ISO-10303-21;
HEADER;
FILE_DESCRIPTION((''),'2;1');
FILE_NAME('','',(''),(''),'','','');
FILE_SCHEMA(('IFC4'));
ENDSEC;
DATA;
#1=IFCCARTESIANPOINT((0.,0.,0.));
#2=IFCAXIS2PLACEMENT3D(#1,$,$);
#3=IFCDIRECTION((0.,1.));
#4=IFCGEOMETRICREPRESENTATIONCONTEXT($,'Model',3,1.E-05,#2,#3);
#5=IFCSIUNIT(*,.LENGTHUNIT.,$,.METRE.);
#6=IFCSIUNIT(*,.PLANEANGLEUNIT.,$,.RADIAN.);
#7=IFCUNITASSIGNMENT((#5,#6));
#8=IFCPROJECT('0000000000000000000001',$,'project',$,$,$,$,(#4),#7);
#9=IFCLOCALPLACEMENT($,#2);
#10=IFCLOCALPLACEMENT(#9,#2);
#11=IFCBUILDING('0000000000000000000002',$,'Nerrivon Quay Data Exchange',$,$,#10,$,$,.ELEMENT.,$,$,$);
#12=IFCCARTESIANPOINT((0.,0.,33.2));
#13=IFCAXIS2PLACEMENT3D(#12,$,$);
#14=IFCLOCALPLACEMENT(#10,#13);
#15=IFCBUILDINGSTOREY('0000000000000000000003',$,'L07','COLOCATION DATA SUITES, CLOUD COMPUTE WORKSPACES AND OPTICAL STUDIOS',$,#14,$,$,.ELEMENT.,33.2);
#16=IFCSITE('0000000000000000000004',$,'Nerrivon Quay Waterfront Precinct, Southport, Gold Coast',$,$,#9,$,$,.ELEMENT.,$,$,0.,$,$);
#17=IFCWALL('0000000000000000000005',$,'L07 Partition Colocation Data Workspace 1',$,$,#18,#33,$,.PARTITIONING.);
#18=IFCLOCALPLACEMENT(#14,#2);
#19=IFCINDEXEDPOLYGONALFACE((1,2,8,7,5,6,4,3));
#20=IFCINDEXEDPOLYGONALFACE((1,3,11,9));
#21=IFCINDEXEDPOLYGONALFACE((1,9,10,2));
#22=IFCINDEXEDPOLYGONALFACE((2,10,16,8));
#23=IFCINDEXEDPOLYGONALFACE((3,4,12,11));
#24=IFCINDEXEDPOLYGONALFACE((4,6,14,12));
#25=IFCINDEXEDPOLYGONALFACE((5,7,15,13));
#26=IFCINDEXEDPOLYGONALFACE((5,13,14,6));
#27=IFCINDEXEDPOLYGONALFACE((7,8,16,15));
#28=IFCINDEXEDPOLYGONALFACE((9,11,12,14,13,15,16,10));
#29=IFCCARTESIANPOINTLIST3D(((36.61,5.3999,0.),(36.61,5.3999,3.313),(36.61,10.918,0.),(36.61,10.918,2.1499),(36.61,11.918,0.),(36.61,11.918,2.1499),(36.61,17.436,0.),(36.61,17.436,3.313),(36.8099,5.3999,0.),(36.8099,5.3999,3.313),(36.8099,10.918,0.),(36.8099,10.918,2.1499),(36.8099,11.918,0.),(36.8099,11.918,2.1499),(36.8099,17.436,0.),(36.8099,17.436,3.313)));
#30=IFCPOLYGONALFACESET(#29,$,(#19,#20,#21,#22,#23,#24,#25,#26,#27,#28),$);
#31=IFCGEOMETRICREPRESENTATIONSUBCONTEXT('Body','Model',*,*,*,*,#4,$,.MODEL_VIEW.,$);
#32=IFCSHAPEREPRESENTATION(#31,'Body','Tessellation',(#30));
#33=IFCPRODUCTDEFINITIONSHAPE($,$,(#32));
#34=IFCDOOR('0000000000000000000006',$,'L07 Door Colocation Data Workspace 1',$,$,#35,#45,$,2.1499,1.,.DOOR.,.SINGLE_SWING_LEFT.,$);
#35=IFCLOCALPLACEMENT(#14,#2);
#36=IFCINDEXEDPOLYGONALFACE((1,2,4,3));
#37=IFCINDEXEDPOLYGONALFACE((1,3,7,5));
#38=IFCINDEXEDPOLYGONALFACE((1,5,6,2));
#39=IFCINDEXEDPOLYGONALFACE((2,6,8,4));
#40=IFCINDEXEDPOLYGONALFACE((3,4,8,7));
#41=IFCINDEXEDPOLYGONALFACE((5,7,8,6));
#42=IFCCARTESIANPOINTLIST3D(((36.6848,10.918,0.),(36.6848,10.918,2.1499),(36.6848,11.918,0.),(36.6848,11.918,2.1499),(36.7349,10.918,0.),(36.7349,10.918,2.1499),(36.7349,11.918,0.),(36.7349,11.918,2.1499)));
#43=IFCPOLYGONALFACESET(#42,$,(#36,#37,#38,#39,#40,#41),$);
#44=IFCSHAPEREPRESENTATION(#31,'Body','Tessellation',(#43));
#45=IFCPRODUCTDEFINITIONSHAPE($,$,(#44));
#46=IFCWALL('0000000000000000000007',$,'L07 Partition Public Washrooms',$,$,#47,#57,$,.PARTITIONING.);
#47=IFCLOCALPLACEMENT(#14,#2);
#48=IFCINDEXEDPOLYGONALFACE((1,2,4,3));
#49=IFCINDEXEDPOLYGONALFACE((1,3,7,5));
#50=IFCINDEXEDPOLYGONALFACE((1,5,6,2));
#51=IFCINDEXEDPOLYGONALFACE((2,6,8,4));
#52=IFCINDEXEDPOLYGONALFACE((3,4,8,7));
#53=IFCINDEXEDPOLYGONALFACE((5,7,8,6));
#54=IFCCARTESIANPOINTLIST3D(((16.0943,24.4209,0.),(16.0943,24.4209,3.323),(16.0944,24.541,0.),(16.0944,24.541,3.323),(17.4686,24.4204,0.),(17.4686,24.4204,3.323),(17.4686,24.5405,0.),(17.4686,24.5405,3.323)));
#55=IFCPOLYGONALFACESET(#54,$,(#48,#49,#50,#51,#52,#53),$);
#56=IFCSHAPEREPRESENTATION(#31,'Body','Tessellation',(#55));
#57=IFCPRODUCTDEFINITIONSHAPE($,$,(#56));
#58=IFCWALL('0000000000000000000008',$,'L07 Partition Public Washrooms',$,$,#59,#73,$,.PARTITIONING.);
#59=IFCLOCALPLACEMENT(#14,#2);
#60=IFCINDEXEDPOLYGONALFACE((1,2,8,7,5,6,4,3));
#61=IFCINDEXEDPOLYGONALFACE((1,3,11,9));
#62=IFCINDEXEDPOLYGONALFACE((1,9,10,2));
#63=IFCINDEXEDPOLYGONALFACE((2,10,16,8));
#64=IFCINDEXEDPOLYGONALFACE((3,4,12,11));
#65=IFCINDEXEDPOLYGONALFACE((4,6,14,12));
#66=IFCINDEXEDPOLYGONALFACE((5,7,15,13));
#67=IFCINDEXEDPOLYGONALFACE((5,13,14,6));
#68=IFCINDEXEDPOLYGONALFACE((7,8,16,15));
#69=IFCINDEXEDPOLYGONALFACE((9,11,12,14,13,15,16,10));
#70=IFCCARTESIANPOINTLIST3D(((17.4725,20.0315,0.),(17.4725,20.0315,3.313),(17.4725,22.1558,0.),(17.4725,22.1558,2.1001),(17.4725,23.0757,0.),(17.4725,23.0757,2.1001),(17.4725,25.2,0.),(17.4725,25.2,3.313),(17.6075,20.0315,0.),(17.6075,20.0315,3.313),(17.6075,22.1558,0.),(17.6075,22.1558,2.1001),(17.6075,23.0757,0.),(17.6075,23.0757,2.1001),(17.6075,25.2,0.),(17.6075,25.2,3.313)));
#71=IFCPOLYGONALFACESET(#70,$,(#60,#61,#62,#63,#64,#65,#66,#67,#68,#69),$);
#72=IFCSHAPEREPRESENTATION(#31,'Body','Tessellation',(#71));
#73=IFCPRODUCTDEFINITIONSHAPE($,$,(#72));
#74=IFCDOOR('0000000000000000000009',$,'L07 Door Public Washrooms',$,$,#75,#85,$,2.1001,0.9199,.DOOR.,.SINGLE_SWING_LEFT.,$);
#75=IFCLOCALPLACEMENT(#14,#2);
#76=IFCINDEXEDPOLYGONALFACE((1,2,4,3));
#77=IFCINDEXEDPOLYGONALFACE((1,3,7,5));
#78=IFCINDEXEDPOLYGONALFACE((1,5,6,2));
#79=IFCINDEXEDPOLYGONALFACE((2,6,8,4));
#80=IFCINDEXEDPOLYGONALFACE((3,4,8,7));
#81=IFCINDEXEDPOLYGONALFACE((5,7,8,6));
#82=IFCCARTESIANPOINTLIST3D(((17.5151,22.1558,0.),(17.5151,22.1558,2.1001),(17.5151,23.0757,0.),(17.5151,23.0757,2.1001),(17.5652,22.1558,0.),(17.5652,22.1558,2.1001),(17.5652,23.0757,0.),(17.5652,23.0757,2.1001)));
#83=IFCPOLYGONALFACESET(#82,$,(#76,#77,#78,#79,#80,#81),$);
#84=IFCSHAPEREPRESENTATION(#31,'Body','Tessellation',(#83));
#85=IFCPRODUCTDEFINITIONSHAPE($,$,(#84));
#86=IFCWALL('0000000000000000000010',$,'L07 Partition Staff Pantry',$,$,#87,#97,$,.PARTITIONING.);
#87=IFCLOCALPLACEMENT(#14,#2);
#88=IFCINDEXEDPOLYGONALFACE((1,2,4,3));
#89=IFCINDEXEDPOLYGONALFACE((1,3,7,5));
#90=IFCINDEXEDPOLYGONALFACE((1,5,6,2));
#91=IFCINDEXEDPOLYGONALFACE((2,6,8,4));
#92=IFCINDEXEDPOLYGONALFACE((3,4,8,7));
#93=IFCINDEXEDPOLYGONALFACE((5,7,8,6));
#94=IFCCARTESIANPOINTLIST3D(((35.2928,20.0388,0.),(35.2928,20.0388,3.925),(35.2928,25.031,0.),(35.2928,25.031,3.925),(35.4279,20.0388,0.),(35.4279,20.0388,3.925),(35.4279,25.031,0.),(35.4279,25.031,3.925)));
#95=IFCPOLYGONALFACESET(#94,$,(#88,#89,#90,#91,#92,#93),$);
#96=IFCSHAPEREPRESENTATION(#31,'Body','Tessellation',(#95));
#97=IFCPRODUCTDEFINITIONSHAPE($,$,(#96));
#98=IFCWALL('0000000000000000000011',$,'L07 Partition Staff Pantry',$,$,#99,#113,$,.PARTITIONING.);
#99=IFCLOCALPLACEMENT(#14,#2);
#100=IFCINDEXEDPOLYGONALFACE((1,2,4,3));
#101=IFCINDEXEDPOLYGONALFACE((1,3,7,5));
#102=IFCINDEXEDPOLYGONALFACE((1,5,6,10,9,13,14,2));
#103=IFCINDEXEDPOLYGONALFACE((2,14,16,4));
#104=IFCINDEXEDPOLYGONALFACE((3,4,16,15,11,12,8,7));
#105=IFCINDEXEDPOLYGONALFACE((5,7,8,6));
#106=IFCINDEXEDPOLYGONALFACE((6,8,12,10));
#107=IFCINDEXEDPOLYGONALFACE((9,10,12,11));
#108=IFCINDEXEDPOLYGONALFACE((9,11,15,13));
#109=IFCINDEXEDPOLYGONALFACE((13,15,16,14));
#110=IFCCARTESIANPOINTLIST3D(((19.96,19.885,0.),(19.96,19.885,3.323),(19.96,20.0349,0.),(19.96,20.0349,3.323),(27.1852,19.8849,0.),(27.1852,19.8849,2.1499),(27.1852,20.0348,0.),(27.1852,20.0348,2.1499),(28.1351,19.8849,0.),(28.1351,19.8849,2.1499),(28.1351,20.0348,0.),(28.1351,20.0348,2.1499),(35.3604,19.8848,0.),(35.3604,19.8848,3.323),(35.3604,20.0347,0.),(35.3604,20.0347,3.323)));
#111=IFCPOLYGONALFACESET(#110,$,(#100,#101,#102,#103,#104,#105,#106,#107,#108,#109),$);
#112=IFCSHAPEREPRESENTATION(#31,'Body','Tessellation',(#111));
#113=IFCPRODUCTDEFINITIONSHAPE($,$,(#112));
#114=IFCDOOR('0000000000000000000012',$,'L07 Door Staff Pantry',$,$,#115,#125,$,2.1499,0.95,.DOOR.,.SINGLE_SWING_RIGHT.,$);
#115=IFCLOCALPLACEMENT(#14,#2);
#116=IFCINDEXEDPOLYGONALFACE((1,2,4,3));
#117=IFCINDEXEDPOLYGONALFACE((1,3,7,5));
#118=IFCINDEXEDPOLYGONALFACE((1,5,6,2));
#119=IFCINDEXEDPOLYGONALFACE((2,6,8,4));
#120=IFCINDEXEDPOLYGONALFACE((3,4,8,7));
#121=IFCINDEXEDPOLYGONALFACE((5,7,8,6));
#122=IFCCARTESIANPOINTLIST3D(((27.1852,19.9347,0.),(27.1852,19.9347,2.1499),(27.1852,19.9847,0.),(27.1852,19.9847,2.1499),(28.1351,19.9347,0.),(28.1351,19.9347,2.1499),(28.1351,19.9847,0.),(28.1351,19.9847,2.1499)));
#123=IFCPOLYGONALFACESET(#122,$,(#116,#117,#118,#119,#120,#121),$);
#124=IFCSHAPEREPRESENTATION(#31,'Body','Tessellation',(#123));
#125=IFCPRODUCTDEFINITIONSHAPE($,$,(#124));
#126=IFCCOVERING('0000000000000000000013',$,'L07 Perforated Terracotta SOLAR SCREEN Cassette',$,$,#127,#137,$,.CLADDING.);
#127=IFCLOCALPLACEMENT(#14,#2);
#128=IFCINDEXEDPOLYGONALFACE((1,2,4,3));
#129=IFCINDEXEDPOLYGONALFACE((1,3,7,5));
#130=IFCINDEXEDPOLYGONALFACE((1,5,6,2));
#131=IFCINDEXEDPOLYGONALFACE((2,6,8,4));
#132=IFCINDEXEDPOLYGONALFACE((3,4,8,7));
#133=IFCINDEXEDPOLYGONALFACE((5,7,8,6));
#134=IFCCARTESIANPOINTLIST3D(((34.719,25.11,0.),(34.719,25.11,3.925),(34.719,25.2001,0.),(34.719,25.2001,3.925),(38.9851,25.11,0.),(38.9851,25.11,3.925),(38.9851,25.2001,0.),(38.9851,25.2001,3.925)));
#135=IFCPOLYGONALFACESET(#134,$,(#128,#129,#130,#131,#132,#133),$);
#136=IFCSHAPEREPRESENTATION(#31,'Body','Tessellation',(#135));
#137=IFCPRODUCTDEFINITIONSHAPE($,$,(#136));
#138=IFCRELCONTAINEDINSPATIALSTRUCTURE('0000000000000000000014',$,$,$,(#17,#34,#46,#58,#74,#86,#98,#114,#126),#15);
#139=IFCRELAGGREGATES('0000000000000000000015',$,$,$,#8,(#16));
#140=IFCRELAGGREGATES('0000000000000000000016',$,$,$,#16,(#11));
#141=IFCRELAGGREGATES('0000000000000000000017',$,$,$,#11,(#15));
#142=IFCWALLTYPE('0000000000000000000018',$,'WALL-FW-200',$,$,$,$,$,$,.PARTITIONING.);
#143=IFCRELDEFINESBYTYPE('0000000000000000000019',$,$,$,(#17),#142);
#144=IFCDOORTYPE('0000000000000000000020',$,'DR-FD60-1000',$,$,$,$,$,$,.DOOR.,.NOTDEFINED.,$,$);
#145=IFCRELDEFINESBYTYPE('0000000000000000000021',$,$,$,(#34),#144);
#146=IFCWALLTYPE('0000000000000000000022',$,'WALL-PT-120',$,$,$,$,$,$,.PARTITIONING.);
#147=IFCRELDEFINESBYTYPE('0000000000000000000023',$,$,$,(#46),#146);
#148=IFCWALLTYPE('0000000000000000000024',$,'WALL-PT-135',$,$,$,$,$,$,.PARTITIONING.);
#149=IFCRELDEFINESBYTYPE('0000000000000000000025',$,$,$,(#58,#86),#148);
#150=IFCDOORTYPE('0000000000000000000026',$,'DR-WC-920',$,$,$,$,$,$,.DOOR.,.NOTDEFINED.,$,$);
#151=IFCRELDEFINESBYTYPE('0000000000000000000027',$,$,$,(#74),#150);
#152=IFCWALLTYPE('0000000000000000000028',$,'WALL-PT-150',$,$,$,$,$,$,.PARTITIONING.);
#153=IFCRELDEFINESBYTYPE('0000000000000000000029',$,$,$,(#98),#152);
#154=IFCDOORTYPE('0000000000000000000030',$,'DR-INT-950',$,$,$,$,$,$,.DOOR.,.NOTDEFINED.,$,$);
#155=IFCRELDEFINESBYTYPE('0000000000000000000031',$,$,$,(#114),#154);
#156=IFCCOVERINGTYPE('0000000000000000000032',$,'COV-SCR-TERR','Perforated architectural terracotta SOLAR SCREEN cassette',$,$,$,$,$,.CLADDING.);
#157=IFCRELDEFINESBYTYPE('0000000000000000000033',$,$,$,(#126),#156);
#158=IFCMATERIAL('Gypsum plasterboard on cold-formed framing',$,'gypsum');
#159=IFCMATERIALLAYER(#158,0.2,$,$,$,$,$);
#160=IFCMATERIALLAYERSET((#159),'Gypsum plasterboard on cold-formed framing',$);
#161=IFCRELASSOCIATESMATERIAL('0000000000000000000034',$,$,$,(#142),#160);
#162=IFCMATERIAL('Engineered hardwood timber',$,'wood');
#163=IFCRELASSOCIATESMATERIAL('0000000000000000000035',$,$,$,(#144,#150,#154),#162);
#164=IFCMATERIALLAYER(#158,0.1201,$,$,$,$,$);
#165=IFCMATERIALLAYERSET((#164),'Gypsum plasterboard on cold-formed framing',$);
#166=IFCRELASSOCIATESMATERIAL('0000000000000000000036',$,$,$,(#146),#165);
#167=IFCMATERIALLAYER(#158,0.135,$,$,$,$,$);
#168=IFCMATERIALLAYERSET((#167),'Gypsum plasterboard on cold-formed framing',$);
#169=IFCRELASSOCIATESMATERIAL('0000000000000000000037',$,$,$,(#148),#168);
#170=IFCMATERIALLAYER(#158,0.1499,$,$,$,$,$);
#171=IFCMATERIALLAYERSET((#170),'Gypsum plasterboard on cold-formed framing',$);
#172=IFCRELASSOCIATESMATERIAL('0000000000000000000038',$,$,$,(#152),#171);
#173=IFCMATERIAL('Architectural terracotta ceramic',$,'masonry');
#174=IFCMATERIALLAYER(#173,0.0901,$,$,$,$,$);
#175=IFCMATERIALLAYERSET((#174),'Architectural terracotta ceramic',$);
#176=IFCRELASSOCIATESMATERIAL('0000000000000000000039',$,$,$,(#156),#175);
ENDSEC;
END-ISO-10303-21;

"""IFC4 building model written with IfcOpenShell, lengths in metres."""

from ifc_helpers import new_model, si_unit, direction, frame, frame_2d, origin, origin_2d, place, context, subcontext, project, spatial, rectangle, extrude, material, layer, layer_set, type_object, element, fill, save


model = new_model("IFC4")

# Units and contexts
model_context = context("Model", 3, precision=1e-05, world=origin(), true_north=direction((0.0, 1.0)))
body_context = subcontext(model_context, "Body", "Model", "MODEL_VIEW")
ifc_project = project(units=[si_unit("LENGTHUNIT", "METRE"), si_unit("PLANEANGLEUNIT", "RADIAN")], contexts=[model_context])

# Site, building, storey
site_placement = place(None, origin())
site = spatial("IfcSite", under=ifc_project, at=site_placement, Name="Nerrivon Quay Waterfront Precinct, Southport, Gold Coast", CompositionType="ELEMENT", RefElevation=0.0)
building_placement = place(site_placement, origin())
building = spatial("IfcBuilding", under=site, at=building_placement, Name="Nerrivon Quay Data Exchange", CompositionType="ELEMENT")
storey_placement = place(building_placement, frame((0.0, 0.0, 33.2)))
storey = spatial("IfcBuildingStorey", under=building, at=storey_placement, Name="L07", Description="COLOCATION DATA SUITES, CLOUD COMPUTE WORKSPACES AND OPTICAL STUDIOS", CompositionType="ELEMENT", Elevation=33.2)

# Shared definitions
ifc_material_1 = material(Name="Gypsum plasterboard on cold-formed framing", Category="gypsum")
ifc_layer_1 = layer(ifc_material_1, 0.2)
ifc_layer_set_1 = layer_set([ifc_layer_1], Name="Gypsum plasterboard on cold-formed framing")
wall_type_1 = type_object("IfcWallType", Name="WALL-FW-200", PredefinedType="PARTITIONING", material=ifc_layer_set_1)

# Wall, opening, door
wall_1_placement = place(storey_placement, frame((36.71, 17.436, 0.0), z_axis=(0.0, 0.0, 1.0), x_axis=(0.0, -1.0, 0.0)))
wall_1 = element("IfcWall", 1, at=wall_1_placement, inside=storey, type_object=wall_type_1, Name="L07 Partition Colocation Data Workspace 1", PredefinedType="PARTITIONING", context=body_context, shape_type="SweptSolid", body=[
    extrude(rectangle(XDim=12.0361, YDim=0.2, at=frame_2d((6.0181, 0.0))), origin(), (0.0, 0.0, 1.0), 3.313),
])
opening_1_placement = place(wall_1_placement, frame((5.5181, 0.0, 0.0)))
opening_1 = element("IfcOpeningElement", 2, at=opening_1_placement, cuts=wall_1, PredefinedType="OPENING", context=body_context, shape_type="SweptSolid", body=[
    extrude(rectangle(XDim=1.0, YDim=2.1499, at=frame_2d((0.5, 1.075))), frame((0.0, 0.1099, 0.0), z_axis=(0.0, -1.0, 0.0), x_axis=(1.0, 0.0, 0.0)), (0.0, 0.0, 1.0), 0.22),
])
ifc_material_2 = material(Name="Engineered hardwood timber", Category="wood")
door_type_1 = type_object("IfcDoorType", Name="DR-FD60-1000", OperationType="NOTDEFINED", PredefinedType="DOOR", material=ifc_material_2)
door_1_placement = place(opening_1_placement, origin())
door_1 = element("IfcDoor", 3, at=door_1_placement, inside=storey, type_object=door_type_1, Name="L07 Door Colocation Data Workspace 1", OperationType="SINGLE_SWING_LEFT", OverallHeight=2.1499, OverallWidth=1.0, PredefinedType="DOOR", context=body_context, shape_type="SweptSolid", body=[
    extrude(rectangle(XDim=1.0, YDim=2.1499, at=frame_2d((0.5, 1.075))), frame((0.0, 0.0249, 0.0), z_axis=(0.0, -1.0, 0.0), x_axis=(1.0, 0.0, 0.0)), (0.0, 0.0, 1.0), 0.05),
])
fill(opening_1, door_1)

# Wall
ifc_layer_2 = layer(ifc_material_1, 0.1201)
ifc_layer_set_2 = layer_set([ifc_layer_2], Name="Gypsum plasterboard on cold-formed framing")
wall_type_2 = type_object("IfcWallType", Name="WALL-PT-120", PredefinedType="PARTITIONING", material=ifc_layer_set_2)
wall_2_placement = place(storey_placement, frame((17.4685, 24.4805, 0.0), z_axis=(0.0, 0.0, 1.0), x_axis=(-1.0, 0.000355, 0.0)))
element("IfcWall", 4, at=wall_2_placement, inside=storey, type_object=wall_type_2, Name="L07 Partition Public Washrooms", PredefinedType="PARTITIONING", context=body_context, shape_type="SweptSolid", body=[
    extrude(rectangle(XDim=1.3743, YDim=0.1201, at=frame_2d((0.687, 0.0))), origin(), (0.0, 0.0, 1.0), 3.323),
])

# Wall, opening, door
ifc_layer_3 = layer(ifc_material_1, 0.135)
ifc_layer_set_3 = layer_set([ifc_layer_3], Name="Gypsum plasterboard on cold-formed framing")
wall_type_3 = type_object("IfcWallType", Name="WALL-PT-135", PredefinedType="PARTITIONING", material=ifc_layer_set_3)
wall_3_placement = place(storey_placement, frame((17.54, 20.0315, 0.0), z_axis=(0.0, 0.0, 1.0), x_axis=(0.0, 1.0, 0.0)))
wall_3 = element("IfcWall", 5, at=wall_3_placement, inside=storey, type_object=wall_type_3, Name="L07 Partition Public Washrooms", PredefinedType="PARTITIONING", context=body_context, shape_type="SweptSolid", body=[
    extrude(rectangle(XDim=5.1685, YDim=0.135, at=frame_2d((2.5842, 0.0))), origin(), (0.0, 0.0, 1.0), 3.313),
])
opening_2_placement = place(wall_3_placement, frame((2.1243, 0.0, 0.0)))
opening_2 = element("IfcOpeningElement", 6, at=opening_2_placement, cuts=wall_3, PredefinedType="OPENING", context=body_context, shape_type="SweptSolid", body=[
    extrude(rectangle(XDim=0.9199, YDim=2.1001, at=frame_2d((0.46, 1.05))), frame((0.0, 0.0774, 0.0), z_axis=(0.0, -1.0, 0.0), x_axis=(1.0, 0.0, 0.0)), (0.0, 0.0, 1.0), 0.155),
])
door_type_2 = type_object("IfcDoorType", Name="DR-WC-920", OperationType="NOTDEFINED", PredefinedType="DOOR", material=ifc_material_2)
door_2_placement = place(opening_2_placement, origin())
door_2 = element("IfcDoor", 7, at=door_2_placement, inside=storey, type_object=door_type_2, Name="L07 Door Public Washrooms", OperationType="SINGLE_SWING_LEFT", OverallHeight=2.1001, OverallWidth=0.9199, PredefinedType="DOOR", context=body_context, shape_type="SweptSolid", body=[
    extrude(rectangle(XDim=0.9199, YDim=2.1001, at=frame_2d((0.46, 1.05))), frame((0.0, 0.0249, 0.0), z_axis=(0.0, -1.0, 0.0), x_axis=(1.0, 0.0, 0.0)), (0.0, 0.0, 1.0), 0.05),
])
fill(opening_2, door_2)

# Wall
wall_4_placement = place(storey_placement, frame((35.3604, 20.0388, 0.0), z_axis=(0.0, 0.0, 1.0), x_axis=(0.0, 1.0, 0.0)))
element("IfcWall", 8, at=wall_4_placement, inside=storey, type_object=wall_type_3, Name="L07 Partition Staff Pantry", PredefinedType="PARTITIONING", context=body_context, shape_type="SweptSolid", body=[
    extrude(rectangle(XDim=4.9922, YDim=0.135, at=frame_2d((2.4961, 0.0))), origin(), (0.0, 0.0, 1.0), 3.925),
])

# Wall, opening, door
ifc_layer_4 = layer(ifc_material_1, 0.1499)
ifc_layer_set_4 = layer_set([ifc_layer_4], Name="Gypsum plasterboard on cold-formed framing")
wall_type_4 = type_object("IfcWallType", Name="WALL-PT-150", PredefinedType="PARTITIONING", material=ifc_layer_set_4)
wall_5_placement = place(storey_placement, frame((19.96, 19.96, 0.0), z_axis=(0.0, 0.0, 1.0), x_axis=(1.0, -0.000016, 0.0)))
wall_5 = element("IfcWall", 9, at=wall_5_placement, inside=storey, type_object=wall_type_4, Name="L07 Partition Staff Pantry", PredefinedType="PARTITIONING", context=body_context, shape_type="SweptSolid", body=[
    extrude(rectangle(XDim=15.4004, YDim=0.1499, at=frame_2d((7.7002, 0.0))), origin(), (0.0, 0.0, 1.0), 3.323),
])
opening_3_placement = place(wall_5_placement, frame((7.2251, 0.0, 0.0)))
opening_3 = element("IfcOpeningElement", 10, at=opening_3_placement, cuts=wall_5, PredefinedType="OPENING", context=body_context, shape_type="SweptSolid", body=[
    extrude(rectangle(XDim=0.95, YDim=2.1499, at=frame_2d((0.4751, 1.075))), frame((0.0, 0.085, 0.0), z_axis=(0.0, -1.0, 0.0), x_axis=(1.0, 0.0, 0.0)), (0.0, 0.0, 1.0), 0.1699),
])
door_type_3 = type_object("IfcDoorType", Name="DR-INT-950", OperationType="NOTDEFINED", PredefinedType="DOOR", material=ifc_material_2)
door_3_placement = place(opening_3_placement, origin())
door_3 = element("IfcDoor", 11, at=door_3_placement, inside=storey, type_object=door_type_3, Name="L07 Door Staff Pantry", OperationType="SINGLE_SWING_RIGHT", OverallHeight=2.1499, OverallWidth=0.95, PredefinedType="DOOR", context=body_context, shape_type="SweptSolid", body=[
    extrude(rectangle(XDim=0.95, YDim=2.1499, at=frame_2d((0.4751, 1.075))), frame((0.0, 0.0249, 0.0), z_axis=(0.0, -1.0, 0.0), x_axis=(1.0, 0.0, 0.0)), (0.0, 0.0, 1.0), 0.05),
])
fill(opening_3, door_3)

# Covering
ifc_material_3 = material(Name="Architectural terracotta ceramic", Category="masonry")
ifc_layer_5 = layer(ifc_material_3, 0.0901)
ifc_layer_set_5 = layer_set([ifc_layer_5], Name="Architectural terracotta ceramic")
covering_type = type_object("IfcCoveringType", Name="COV-SCR-TERR", Description="Perforated architectural terracotta SOLAR SCREEN cassette", PredefinedType="CLADDING", material=ifc_layer_set_5)
covering_placement = place(storey_placement, frame((36.8521, 25.155, 0.0), z_axis=(0.0, 0.0, 1.0), x_axis=(1.0, 0.0, 0.0)))
element("IfcCovering", 12, at=covering_placement, inside=storey, type_object=covering_type, Name="L07 Perforated Terracotta SOLAR SCREEN Cassette", PredefinedType="CLADDING", context=body_context, shape_type="SweptSolid", body=[
    extrude(rectangle(XDim=4.2661, YDim=0.0901, at=origin_2d()), origin(), (0.0, 0.0, 1.0), 3.925),
])

save(model, "model.ifc")
